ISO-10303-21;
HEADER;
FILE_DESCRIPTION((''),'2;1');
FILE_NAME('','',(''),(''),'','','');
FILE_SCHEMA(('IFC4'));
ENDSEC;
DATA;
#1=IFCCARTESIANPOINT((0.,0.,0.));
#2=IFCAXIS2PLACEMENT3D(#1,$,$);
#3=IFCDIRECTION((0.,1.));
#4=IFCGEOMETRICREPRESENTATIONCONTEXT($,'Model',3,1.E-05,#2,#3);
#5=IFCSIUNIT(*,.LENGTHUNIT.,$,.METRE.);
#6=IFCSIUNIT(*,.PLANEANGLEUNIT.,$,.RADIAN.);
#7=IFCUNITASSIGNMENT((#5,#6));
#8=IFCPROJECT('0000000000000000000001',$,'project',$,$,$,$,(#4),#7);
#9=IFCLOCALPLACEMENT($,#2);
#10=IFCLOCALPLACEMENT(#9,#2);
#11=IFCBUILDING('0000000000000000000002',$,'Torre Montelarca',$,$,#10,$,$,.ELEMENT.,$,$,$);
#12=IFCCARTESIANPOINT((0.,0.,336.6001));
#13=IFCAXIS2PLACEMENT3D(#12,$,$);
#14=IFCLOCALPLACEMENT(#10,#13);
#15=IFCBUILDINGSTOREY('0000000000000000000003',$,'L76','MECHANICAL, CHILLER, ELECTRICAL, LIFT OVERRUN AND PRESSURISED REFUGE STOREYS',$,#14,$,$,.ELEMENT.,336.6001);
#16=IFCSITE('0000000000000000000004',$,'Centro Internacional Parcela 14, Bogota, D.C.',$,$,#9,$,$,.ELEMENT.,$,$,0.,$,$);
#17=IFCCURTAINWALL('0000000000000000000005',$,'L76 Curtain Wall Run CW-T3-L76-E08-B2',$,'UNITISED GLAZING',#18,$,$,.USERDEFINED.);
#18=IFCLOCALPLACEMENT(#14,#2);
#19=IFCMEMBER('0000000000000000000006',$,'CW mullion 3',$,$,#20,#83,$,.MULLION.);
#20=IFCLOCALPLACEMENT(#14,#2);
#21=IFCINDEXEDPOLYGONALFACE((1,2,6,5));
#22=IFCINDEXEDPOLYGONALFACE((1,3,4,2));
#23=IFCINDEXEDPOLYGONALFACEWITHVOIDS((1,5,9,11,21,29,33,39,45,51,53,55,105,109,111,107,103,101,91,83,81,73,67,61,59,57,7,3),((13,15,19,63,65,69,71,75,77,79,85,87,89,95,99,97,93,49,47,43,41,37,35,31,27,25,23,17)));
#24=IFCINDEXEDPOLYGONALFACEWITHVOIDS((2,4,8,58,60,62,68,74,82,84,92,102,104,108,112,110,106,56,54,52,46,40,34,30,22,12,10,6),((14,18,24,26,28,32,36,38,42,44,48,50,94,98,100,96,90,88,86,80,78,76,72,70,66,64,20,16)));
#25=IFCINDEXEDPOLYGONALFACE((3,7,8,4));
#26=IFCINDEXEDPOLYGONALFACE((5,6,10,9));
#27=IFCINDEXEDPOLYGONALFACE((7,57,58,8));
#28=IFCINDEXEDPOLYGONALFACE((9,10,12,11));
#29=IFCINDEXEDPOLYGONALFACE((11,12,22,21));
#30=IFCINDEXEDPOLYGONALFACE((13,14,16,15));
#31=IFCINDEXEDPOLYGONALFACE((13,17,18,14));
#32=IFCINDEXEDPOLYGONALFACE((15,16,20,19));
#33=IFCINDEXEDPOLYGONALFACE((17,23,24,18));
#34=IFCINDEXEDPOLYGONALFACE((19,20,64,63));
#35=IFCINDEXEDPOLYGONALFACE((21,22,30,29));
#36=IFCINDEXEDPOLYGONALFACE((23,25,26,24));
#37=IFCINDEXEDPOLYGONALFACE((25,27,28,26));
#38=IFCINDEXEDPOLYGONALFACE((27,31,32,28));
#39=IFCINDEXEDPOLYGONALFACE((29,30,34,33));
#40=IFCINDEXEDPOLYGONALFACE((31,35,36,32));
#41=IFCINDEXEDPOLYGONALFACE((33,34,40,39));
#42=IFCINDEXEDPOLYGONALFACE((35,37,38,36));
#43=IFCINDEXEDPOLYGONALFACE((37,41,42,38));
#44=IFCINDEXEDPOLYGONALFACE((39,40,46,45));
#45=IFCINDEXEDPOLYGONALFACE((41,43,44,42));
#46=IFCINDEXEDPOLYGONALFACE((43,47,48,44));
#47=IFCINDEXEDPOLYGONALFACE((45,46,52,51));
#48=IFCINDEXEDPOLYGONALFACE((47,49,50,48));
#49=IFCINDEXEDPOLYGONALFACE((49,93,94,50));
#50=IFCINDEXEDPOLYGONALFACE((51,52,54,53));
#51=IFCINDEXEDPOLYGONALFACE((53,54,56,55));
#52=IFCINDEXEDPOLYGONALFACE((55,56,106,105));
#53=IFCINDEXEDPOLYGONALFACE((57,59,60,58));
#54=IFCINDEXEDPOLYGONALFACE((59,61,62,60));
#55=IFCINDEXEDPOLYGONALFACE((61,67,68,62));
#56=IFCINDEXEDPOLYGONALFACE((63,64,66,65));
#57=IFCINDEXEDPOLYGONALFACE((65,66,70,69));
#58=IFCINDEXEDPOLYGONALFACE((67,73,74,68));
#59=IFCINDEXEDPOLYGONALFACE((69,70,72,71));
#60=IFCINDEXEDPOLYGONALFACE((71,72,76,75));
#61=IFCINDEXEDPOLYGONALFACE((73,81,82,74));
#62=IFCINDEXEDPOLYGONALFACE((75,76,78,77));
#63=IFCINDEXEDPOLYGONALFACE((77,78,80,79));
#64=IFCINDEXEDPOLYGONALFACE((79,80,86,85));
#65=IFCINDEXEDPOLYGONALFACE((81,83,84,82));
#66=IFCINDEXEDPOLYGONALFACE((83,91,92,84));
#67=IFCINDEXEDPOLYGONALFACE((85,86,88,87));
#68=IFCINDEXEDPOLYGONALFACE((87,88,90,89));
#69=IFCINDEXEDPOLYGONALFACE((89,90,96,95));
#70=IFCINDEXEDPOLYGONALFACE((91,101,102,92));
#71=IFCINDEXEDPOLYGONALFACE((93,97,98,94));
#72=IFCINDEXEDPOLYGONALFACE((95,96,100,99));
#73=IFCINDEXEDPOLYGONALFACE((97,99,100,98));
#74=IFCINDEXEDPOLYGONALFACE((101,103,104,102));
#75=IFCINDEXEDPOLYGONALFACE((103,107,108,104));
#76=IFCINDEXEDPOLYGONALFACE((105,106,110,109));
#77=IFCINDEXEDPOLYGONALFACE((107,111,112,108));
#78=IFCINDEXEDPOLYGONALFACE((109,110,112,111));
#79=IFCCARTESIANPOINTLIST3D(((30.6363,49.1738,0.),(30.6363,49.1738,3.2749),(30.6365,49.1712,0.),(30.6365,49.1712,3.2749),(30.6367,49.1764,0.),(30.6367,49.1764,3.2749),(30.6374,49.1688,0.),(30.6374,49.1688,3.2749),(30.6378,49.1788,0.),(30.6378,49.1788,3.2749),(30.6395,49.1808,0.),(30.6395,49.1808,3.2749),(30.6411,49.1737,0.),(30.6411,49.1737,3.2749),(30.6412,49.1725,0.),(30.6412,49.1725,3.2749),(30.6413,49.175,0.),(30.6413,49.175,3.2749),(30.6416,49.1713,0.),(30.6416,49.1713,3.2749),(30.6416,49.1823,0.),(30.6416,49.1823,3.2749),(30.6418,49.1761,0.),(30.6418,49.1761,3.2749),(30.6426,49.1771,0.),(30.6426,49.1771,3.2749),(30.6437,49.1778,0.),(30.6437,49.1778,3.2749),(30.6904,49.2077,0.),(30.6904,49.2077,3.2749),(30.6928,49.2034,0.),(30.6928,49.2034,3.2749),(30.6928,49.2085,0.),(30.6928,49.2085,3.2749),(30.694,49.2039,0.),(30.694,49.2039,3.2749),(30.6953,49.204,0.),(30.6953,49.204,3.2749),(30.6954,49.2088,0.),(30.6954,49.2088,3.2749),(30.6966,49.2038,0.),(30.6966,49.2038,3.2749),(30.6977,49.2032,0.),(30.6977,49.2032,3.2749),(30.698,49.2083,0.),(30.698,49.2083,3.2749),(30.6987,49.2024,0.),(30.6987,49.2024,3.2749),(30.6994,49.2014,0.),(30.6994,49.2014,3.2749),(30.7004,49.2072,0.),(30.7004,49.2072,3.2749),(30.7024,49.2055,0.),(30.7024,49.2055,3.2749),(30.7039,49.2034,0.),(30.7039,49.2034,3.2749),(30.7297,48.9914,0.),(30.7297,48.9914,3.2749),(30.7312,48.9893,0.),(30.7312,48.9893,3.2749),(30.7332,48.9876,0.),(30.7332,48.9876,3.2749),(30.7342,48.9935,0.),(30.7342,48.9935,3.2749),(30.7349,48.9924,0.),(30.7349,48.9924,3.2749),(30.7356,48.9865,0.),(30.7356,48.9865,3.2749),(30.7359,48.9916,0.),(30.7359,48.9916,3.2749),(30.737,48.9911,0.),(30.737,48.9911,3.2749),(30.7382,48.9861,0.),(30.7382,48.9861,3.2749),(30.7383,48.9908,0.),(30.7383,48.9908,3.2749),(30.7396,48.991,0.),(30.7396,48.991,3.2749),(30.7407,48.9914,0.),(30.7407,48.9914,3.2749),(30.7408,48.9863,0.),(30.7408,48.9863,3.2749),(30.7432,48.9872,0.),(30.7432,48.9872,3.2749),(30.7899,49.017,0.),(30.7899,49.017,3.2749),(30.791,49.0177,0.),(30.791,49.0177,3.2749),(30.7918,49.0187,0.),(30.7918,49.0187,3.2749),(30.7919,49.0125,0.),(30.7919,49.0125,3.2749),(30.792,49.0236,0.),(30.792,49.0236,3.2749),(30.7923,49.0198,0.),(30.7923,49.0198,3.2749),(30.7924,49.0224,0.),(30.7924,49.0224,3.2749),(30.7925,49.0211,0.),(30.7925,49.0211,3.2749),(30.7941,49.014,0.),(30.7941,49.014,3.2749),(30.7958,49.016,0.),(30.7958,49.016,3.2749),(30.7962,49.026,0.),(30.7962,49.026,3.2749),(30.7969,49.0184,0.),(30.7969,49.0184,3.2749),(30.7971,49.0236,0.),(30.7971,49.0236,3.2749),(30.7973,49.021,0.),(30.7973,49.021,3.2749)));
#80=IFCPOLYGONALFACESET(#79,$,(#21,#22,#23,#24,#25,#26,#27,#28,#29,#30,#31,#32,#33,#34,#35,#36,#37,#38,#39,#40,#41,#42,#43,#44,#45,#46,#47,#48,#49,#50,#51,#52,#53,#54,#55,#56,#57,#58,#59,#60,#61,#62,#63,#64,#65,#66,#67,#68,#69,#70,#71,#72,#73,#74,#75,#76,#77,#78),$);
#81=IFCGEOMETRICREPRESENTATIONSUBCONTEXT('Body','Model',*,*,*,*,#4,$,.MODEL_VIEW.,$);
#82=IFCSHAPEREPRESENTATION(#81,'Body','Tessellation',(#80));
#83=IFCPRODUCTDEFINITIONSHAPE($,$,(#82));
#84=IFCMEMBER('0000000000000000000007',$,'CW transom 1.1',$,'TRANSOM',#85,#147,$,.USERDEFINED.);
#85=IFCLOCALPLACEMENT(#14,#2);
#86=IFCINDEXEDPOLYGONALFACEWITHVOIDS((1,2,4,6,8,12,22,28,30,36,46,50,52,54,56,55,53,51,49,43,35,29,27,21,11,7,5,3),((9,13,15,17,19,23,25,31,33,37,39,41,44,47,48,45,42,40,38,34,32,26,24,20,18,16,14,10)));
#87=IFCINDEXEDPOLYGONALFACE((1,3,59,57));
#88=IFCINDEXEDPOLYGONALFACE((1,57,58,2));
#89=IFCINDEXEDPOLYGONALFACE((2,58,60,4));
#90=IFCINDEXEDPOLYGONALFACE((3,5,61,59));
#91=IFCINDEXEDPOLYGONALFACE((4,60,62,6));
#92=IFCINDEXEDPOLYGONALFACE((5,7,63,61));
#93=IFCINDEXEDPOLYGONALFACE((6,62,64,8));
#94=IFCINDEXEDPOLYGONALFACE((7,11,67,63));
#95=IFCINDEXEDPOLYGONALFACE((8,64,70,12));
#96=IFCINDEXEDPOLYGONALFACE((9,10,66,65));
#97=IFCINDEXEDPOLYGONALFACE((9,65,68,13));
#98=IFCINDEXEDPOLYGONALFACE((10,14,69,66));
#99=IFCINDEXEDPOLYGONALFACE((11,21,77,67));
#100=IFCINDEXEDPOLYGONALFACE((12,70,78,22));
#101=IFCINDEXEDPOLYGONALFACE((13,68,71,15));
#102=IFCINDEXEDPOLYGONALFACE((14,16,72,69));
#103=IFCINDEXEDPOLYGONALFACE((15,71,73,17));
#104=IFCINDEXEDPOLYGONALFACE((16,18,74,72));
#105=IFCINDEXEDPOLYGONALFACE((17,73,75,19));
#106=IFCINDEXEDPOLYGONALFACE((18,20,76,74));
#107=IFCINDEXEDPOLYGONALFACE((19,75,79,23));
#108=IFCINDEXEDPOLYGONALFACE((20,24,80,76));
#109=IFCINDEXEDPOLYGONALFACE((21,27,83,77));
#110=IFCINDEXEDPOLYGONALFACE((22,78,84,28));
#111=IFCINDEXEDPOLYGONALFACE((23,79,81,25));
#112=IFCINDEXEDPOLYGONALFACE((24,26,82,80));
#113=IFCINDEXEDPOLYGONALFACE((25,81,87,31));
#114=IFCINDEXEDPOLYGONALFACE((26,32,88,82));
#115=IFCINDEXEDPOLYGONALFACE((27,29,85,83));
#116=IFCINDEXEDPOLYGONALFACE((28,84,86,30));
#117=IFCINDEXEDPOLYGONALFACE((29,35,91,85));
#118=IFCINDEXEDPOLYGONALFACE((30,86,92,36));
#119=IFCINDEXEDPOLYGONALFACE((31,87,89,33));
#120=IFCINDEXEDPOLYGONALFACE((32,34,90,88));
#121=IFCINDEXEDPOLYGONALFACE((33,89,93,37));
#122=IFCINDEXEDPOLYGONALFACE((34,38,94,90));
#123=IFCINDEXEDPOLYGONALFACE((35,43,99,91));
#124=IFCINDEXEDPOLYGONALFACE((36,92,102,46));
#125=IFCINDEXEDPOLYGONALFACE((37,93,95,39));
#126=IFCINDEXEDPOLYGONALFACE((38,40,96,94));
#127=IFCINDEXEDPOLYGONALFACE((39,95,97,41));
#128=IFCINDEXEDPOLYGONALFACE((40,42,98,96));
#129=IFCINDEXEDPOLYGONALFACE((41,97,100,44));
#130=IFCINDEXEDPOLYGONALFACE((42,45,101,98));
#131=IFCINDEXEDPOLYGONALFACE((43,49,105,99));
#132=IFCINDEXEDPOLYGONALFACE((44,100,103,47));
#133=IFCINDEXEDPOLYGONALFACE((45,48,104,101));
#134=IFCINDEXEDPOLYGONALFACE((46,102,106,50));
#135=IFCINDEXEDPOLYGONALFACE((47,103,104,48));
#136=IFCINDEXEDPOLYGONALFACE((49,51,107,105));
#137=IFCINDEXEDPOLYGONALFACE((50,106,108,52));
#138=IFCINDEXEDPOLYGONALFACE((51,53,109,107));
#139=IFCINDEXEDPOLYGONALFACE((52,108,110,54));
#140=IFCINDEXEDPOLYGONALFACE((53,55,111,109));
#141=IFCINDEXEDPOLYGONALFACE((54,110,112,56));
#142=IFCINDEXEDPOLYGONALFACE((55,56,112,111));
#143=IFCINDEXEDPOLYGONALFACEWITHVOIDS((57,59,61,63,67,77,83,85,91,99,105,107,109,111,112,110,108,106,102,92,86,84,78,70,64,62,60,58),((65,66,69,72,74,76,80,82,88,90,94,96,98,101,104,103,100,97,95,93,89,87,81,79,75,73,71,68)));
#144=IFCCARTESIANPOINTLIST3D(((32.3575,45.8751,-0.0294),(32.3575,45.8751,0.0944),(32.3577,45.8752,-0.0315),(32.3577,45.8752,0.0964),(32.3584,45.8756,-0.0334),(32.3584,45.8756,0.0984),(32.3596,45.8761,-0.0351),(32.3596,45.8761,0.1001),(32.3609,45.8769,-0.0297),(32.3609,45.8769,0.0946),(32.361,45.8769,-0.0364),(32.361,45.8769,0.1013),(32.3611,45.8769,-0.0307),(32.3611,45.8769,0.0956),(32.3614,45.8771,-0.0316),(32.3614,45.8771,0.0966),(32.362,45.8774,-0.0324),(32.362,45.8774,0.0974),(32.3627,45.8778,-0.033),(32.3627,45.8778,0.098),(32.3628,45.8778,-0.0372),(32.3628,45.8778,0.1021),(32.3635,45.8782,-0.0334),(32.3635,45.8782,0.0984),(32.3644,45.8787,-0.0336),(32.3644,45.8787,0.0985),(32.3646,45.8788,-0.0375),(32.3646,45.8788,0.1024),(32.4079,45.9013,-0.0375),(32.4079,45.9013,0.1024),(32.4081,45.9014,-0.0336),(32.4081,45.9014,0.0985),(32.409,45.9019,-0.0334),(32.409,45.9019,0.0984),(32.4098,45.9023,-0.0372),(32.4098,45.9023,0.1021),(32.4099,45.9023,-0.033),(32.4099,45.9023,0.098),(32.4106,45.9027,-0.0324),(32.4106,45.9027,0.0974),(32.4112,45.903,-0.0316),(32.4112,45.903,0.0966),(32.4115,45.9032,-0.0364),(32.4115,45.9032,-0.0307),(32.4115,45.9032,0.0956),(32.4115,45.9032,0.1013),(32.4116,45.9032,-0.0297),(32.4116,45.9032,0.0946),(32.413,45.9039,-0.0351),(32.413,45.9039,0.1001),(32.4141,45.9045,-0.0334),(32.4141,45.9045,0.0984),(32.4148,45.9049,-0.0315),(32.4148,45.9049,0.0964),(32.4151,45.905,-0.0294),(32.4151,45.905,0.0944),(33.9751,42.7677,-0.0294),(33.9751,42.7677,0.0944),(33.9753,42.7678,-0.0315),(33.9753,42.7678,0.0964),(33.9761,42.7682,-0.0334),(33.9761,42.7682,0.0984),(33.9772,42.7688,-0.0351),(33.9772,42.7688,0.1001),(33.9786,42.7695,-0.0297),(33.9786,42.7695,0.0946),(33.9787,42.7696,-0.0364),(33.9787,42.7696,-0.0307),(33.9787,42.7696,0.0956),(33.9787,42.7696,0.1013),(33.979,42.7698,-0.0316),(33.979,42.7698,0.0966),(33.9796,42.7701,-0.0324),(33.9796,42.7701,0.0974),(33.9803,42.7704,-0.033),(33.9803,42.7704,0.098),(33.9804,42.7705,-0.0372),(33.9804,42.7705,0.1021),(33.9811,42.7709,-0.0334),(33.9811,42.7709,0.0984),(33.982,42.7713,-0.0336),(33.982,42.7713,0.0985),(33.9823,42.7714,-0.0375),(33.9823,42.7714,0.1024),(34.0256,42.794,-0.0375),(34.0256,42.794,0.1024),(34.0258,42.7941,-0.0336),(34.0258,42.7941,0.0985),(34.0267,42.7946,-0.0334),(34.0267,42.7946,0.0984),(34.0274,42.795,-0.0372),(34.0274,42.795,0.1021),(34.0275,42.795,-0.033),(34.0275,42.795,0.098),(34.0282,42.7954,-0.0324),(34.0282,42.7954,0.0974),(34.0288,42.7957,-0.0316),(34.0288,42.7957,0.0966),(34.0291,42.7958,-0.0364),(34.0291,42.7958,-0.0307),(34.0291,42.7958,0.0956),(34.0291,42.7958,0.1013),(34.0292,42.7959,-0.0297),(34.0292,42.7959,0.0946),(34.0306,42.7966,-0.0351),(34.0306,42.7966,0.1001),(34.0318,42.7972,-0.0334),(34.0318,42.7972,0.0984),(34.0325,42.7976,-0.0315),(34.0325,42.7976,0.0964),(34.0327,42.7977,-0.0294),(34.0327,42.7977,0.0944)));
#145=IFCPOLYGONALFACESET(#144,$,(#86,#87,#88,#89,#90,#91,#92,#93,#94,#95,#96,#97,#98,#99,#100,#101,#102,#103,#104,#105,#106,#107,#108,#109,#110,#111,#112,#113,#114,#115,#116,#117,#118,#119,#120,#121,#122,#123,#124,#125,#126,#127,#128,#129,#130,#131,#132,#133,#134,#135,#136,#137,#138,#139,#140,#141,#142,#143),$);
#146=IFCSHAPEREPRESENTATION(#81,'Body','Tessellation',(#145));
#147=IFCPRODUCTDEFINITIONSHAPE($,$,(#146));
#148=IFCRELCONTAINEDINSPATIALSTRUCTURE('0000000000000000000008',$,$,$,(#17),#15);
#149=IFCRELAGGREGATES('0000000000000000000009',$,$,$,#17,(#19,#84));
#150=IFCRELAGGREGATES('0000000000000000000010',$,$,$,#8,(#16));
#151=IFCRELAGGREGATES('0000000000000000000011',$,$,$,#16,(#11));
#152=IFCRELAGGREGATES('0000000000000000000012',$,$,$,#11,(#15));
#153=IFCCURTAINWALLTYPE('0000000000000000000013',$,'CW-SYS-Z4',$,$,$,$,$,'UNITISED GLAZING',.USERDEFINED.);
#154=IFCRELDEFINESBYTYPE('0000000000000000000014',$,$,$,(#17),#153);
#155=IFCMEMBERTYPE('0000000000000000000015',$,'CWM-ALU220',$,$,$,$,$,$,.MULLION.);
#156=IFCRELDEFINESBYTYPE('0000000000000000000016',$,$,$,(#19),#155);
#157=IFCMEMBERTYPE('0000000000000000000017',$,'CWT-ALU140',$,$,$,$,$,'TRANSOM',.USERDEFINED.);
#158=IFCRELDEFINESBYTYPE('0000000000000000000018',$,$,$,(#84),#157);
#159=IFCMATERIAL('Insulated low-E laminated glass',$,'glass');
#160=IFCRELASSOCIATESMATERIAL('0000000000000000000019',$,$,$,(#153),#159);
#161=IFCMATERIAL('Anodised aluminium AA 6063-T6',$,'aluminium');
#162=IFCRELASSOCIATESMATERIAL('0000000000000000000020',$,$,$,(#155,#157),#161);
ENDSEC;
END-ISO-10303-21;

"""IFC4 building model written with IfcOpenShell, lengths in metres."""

from ifc_helpers import new_model, si_unit, direction, frame, origin, origin_2d, place, context, subcontext, project, spatial, hollow_rectangle, extrude, source, transform, mapped, material, material_profile, profile_set, type_object, element, aggregate, save


model = new_model("IFC4")

# Units and contexts
model_context = context("Model", 3, precision=1e-05, world=origin(), true_north=direction((0.0, 1.0)))
body_context = subcontext(model_context, "Body", "Model", "MODEL_VIEW")
ifc_project = project(units=[si_unit("LENGTHUNIT", "METRE"), si_unit("PLANEANGLEUNIT", "RADIAN")], contexts=[model_context])

# Site, building, storey
site_placement = place(None, origin())
site = spatial("IfcSite", under=ifc_project, at=site_placement, Name="Centro Internacional Parcela 14, Bogota, D.C.", CompositionType="ELEMENT", RefElevation=0.0)
building_placement = place(site_placement, origin())
building = spatial("IfcBuilding", under=site, at=building_placement, Name="Torre Montelarca", CompositionType="ELEMENT")
storey_placement = place(building_placement, frame((0.0, 0.0, 336.6001)))
storey = spatial("IfcBuildingStorey", under=building, at=storey_placement, Name="L76", Description="MECHANICAL, CHILLER, ELECTRICAL, LIFT OVERRUN AND PRESSURISED REFUGE STOREYS", CompositionType="ELEMENT", Elevation=336.6001)

# Curtain wall, members
ifc_material_1 = material(Name="Insulated low-E laminated glass", Category="glass")
curtain_wall_type = type_object("IfcCurtainWallType", Name="CW-SYS-Z4", ElementType="UNITISED GLAZING", PredefinedType="USERDEFINED", material=ifc_material_1)
ifc_material_2 = material(Name="Anodised aluminium AA 6063-T6", Category="aluminium")
ifc_material_profile_1 = material_profile(ifc_material_2, hollow_rectangle(XDim=0.075, YDim=0.22, WallThickness=0.0049, InnerFilletRadius=0.0049, OuterFilletRadius=0.01, at=origin_2d()), Name="ALU75X220X5", Category="aluminium")
ifc_profile_set_1 = profile_set([ifc_material_profile_1], Name="Anodised aluminium AA 6063-T6")
member_type_1 = type_object("IfcMemberType", Name="CWM-ALU220", PredefinedType="MULLION", material=ifc_profile_set_1)
ifc_material_profile_2 = material_profile(ifc_material_2, hollow_rectangle(XDim=0.0649, YDim=0.1399, WallThickness=0.0039, InnerFilletRadius=0.0039, OuterFilletRadius=0.0081, at=origin_2d()), Name="ALU65X140X4", Category="aluminium")
ifc_profile_set_2 = profile_set([ifc_material_profile_2], Name="Anodised aluminium AA 6063-T6")
member_type_2 = type_object("IfcMemberType", Name="CWT-ALU140", ElementType="TRANSOM", PredefinedType="USERDEFINED", material=ifc_profile_set_2)
shared_shape_1 = source(origin(), body_context, "Body", "SweptSolid", [
    extrude(hollow_rectangle(XDim=0.075, YDim=0.22, WallThickness=0.0049, InnerFilletRadius=0.0049, OuterFilletRadius=0.01, at=origin_2d()), origin(), (0.0, 0.0, 1.0), 3.2749),
])
curtain_wall_1_placement = place(storey_placement, origin())
curtain_wall_1 = element("IfcCurtainWall", 1, at=curtain_wall_1_placement, inside=storey, type_object=curtain_wall_type, Name="L76 Curtain Wall Run CW-T3-L76-E08-B2", ObjectType="UNITISED GLAZING", PredefinedType="USERDEFINED")
member_1_placement = place(storey_placement, frame((30.7168, 49.0974, 0.0), z_axis=(0.0, 0.0, 1.0), x_axis=(-0.887012, -0.461746, 0.0)))
member_1 = element("IfcMember", 2, at=member_1_placement, type_object=member_type_1, Name="CW mullion 3", PredefinedType="MULLION", context=body_context, shape_type="MappedRepresentation", body=[
    mapped(shared_shape_1, transform((0.0, 0.0, 0.0), scale=1.0)),
])
shared_shape_2 = source(origin(), body_context, "Body", "SweptSolid", [
    extrude(hollow_rectangle(XDim=0.0649, YDim=0.1399, WallThickness=0.0039, InnerFilletRadius=0.0039, OuterFilletRadius=0.0081, at=origin_2d()), origin(), (0.0, 0.0, 1.0), 3.5032),
])
member_2_placement = place(storey_placement, frame((34.0039, 42.7827, 0.0325), z_axis=(-0.461761, 0.887004, 0.0), x_axis=(-0.887004, -0.461761, 0.0)))
member_2 = element("IfcMember", 3, at=member_2_placement, type_object=member_type_2, Name="CW transom 1.1", ObjectType="TRANSOM", PredefinedType="USERDEFINED", context=body_context, shape_type="MappedRepresentation", body=[
    mapped(shared_shape_2, transform((0.0, 0.0, 0.0), scale=1.0)),
])

aggregate(curtain_wall_1, [member_1, member_2])

save(model, "model.ifc")
